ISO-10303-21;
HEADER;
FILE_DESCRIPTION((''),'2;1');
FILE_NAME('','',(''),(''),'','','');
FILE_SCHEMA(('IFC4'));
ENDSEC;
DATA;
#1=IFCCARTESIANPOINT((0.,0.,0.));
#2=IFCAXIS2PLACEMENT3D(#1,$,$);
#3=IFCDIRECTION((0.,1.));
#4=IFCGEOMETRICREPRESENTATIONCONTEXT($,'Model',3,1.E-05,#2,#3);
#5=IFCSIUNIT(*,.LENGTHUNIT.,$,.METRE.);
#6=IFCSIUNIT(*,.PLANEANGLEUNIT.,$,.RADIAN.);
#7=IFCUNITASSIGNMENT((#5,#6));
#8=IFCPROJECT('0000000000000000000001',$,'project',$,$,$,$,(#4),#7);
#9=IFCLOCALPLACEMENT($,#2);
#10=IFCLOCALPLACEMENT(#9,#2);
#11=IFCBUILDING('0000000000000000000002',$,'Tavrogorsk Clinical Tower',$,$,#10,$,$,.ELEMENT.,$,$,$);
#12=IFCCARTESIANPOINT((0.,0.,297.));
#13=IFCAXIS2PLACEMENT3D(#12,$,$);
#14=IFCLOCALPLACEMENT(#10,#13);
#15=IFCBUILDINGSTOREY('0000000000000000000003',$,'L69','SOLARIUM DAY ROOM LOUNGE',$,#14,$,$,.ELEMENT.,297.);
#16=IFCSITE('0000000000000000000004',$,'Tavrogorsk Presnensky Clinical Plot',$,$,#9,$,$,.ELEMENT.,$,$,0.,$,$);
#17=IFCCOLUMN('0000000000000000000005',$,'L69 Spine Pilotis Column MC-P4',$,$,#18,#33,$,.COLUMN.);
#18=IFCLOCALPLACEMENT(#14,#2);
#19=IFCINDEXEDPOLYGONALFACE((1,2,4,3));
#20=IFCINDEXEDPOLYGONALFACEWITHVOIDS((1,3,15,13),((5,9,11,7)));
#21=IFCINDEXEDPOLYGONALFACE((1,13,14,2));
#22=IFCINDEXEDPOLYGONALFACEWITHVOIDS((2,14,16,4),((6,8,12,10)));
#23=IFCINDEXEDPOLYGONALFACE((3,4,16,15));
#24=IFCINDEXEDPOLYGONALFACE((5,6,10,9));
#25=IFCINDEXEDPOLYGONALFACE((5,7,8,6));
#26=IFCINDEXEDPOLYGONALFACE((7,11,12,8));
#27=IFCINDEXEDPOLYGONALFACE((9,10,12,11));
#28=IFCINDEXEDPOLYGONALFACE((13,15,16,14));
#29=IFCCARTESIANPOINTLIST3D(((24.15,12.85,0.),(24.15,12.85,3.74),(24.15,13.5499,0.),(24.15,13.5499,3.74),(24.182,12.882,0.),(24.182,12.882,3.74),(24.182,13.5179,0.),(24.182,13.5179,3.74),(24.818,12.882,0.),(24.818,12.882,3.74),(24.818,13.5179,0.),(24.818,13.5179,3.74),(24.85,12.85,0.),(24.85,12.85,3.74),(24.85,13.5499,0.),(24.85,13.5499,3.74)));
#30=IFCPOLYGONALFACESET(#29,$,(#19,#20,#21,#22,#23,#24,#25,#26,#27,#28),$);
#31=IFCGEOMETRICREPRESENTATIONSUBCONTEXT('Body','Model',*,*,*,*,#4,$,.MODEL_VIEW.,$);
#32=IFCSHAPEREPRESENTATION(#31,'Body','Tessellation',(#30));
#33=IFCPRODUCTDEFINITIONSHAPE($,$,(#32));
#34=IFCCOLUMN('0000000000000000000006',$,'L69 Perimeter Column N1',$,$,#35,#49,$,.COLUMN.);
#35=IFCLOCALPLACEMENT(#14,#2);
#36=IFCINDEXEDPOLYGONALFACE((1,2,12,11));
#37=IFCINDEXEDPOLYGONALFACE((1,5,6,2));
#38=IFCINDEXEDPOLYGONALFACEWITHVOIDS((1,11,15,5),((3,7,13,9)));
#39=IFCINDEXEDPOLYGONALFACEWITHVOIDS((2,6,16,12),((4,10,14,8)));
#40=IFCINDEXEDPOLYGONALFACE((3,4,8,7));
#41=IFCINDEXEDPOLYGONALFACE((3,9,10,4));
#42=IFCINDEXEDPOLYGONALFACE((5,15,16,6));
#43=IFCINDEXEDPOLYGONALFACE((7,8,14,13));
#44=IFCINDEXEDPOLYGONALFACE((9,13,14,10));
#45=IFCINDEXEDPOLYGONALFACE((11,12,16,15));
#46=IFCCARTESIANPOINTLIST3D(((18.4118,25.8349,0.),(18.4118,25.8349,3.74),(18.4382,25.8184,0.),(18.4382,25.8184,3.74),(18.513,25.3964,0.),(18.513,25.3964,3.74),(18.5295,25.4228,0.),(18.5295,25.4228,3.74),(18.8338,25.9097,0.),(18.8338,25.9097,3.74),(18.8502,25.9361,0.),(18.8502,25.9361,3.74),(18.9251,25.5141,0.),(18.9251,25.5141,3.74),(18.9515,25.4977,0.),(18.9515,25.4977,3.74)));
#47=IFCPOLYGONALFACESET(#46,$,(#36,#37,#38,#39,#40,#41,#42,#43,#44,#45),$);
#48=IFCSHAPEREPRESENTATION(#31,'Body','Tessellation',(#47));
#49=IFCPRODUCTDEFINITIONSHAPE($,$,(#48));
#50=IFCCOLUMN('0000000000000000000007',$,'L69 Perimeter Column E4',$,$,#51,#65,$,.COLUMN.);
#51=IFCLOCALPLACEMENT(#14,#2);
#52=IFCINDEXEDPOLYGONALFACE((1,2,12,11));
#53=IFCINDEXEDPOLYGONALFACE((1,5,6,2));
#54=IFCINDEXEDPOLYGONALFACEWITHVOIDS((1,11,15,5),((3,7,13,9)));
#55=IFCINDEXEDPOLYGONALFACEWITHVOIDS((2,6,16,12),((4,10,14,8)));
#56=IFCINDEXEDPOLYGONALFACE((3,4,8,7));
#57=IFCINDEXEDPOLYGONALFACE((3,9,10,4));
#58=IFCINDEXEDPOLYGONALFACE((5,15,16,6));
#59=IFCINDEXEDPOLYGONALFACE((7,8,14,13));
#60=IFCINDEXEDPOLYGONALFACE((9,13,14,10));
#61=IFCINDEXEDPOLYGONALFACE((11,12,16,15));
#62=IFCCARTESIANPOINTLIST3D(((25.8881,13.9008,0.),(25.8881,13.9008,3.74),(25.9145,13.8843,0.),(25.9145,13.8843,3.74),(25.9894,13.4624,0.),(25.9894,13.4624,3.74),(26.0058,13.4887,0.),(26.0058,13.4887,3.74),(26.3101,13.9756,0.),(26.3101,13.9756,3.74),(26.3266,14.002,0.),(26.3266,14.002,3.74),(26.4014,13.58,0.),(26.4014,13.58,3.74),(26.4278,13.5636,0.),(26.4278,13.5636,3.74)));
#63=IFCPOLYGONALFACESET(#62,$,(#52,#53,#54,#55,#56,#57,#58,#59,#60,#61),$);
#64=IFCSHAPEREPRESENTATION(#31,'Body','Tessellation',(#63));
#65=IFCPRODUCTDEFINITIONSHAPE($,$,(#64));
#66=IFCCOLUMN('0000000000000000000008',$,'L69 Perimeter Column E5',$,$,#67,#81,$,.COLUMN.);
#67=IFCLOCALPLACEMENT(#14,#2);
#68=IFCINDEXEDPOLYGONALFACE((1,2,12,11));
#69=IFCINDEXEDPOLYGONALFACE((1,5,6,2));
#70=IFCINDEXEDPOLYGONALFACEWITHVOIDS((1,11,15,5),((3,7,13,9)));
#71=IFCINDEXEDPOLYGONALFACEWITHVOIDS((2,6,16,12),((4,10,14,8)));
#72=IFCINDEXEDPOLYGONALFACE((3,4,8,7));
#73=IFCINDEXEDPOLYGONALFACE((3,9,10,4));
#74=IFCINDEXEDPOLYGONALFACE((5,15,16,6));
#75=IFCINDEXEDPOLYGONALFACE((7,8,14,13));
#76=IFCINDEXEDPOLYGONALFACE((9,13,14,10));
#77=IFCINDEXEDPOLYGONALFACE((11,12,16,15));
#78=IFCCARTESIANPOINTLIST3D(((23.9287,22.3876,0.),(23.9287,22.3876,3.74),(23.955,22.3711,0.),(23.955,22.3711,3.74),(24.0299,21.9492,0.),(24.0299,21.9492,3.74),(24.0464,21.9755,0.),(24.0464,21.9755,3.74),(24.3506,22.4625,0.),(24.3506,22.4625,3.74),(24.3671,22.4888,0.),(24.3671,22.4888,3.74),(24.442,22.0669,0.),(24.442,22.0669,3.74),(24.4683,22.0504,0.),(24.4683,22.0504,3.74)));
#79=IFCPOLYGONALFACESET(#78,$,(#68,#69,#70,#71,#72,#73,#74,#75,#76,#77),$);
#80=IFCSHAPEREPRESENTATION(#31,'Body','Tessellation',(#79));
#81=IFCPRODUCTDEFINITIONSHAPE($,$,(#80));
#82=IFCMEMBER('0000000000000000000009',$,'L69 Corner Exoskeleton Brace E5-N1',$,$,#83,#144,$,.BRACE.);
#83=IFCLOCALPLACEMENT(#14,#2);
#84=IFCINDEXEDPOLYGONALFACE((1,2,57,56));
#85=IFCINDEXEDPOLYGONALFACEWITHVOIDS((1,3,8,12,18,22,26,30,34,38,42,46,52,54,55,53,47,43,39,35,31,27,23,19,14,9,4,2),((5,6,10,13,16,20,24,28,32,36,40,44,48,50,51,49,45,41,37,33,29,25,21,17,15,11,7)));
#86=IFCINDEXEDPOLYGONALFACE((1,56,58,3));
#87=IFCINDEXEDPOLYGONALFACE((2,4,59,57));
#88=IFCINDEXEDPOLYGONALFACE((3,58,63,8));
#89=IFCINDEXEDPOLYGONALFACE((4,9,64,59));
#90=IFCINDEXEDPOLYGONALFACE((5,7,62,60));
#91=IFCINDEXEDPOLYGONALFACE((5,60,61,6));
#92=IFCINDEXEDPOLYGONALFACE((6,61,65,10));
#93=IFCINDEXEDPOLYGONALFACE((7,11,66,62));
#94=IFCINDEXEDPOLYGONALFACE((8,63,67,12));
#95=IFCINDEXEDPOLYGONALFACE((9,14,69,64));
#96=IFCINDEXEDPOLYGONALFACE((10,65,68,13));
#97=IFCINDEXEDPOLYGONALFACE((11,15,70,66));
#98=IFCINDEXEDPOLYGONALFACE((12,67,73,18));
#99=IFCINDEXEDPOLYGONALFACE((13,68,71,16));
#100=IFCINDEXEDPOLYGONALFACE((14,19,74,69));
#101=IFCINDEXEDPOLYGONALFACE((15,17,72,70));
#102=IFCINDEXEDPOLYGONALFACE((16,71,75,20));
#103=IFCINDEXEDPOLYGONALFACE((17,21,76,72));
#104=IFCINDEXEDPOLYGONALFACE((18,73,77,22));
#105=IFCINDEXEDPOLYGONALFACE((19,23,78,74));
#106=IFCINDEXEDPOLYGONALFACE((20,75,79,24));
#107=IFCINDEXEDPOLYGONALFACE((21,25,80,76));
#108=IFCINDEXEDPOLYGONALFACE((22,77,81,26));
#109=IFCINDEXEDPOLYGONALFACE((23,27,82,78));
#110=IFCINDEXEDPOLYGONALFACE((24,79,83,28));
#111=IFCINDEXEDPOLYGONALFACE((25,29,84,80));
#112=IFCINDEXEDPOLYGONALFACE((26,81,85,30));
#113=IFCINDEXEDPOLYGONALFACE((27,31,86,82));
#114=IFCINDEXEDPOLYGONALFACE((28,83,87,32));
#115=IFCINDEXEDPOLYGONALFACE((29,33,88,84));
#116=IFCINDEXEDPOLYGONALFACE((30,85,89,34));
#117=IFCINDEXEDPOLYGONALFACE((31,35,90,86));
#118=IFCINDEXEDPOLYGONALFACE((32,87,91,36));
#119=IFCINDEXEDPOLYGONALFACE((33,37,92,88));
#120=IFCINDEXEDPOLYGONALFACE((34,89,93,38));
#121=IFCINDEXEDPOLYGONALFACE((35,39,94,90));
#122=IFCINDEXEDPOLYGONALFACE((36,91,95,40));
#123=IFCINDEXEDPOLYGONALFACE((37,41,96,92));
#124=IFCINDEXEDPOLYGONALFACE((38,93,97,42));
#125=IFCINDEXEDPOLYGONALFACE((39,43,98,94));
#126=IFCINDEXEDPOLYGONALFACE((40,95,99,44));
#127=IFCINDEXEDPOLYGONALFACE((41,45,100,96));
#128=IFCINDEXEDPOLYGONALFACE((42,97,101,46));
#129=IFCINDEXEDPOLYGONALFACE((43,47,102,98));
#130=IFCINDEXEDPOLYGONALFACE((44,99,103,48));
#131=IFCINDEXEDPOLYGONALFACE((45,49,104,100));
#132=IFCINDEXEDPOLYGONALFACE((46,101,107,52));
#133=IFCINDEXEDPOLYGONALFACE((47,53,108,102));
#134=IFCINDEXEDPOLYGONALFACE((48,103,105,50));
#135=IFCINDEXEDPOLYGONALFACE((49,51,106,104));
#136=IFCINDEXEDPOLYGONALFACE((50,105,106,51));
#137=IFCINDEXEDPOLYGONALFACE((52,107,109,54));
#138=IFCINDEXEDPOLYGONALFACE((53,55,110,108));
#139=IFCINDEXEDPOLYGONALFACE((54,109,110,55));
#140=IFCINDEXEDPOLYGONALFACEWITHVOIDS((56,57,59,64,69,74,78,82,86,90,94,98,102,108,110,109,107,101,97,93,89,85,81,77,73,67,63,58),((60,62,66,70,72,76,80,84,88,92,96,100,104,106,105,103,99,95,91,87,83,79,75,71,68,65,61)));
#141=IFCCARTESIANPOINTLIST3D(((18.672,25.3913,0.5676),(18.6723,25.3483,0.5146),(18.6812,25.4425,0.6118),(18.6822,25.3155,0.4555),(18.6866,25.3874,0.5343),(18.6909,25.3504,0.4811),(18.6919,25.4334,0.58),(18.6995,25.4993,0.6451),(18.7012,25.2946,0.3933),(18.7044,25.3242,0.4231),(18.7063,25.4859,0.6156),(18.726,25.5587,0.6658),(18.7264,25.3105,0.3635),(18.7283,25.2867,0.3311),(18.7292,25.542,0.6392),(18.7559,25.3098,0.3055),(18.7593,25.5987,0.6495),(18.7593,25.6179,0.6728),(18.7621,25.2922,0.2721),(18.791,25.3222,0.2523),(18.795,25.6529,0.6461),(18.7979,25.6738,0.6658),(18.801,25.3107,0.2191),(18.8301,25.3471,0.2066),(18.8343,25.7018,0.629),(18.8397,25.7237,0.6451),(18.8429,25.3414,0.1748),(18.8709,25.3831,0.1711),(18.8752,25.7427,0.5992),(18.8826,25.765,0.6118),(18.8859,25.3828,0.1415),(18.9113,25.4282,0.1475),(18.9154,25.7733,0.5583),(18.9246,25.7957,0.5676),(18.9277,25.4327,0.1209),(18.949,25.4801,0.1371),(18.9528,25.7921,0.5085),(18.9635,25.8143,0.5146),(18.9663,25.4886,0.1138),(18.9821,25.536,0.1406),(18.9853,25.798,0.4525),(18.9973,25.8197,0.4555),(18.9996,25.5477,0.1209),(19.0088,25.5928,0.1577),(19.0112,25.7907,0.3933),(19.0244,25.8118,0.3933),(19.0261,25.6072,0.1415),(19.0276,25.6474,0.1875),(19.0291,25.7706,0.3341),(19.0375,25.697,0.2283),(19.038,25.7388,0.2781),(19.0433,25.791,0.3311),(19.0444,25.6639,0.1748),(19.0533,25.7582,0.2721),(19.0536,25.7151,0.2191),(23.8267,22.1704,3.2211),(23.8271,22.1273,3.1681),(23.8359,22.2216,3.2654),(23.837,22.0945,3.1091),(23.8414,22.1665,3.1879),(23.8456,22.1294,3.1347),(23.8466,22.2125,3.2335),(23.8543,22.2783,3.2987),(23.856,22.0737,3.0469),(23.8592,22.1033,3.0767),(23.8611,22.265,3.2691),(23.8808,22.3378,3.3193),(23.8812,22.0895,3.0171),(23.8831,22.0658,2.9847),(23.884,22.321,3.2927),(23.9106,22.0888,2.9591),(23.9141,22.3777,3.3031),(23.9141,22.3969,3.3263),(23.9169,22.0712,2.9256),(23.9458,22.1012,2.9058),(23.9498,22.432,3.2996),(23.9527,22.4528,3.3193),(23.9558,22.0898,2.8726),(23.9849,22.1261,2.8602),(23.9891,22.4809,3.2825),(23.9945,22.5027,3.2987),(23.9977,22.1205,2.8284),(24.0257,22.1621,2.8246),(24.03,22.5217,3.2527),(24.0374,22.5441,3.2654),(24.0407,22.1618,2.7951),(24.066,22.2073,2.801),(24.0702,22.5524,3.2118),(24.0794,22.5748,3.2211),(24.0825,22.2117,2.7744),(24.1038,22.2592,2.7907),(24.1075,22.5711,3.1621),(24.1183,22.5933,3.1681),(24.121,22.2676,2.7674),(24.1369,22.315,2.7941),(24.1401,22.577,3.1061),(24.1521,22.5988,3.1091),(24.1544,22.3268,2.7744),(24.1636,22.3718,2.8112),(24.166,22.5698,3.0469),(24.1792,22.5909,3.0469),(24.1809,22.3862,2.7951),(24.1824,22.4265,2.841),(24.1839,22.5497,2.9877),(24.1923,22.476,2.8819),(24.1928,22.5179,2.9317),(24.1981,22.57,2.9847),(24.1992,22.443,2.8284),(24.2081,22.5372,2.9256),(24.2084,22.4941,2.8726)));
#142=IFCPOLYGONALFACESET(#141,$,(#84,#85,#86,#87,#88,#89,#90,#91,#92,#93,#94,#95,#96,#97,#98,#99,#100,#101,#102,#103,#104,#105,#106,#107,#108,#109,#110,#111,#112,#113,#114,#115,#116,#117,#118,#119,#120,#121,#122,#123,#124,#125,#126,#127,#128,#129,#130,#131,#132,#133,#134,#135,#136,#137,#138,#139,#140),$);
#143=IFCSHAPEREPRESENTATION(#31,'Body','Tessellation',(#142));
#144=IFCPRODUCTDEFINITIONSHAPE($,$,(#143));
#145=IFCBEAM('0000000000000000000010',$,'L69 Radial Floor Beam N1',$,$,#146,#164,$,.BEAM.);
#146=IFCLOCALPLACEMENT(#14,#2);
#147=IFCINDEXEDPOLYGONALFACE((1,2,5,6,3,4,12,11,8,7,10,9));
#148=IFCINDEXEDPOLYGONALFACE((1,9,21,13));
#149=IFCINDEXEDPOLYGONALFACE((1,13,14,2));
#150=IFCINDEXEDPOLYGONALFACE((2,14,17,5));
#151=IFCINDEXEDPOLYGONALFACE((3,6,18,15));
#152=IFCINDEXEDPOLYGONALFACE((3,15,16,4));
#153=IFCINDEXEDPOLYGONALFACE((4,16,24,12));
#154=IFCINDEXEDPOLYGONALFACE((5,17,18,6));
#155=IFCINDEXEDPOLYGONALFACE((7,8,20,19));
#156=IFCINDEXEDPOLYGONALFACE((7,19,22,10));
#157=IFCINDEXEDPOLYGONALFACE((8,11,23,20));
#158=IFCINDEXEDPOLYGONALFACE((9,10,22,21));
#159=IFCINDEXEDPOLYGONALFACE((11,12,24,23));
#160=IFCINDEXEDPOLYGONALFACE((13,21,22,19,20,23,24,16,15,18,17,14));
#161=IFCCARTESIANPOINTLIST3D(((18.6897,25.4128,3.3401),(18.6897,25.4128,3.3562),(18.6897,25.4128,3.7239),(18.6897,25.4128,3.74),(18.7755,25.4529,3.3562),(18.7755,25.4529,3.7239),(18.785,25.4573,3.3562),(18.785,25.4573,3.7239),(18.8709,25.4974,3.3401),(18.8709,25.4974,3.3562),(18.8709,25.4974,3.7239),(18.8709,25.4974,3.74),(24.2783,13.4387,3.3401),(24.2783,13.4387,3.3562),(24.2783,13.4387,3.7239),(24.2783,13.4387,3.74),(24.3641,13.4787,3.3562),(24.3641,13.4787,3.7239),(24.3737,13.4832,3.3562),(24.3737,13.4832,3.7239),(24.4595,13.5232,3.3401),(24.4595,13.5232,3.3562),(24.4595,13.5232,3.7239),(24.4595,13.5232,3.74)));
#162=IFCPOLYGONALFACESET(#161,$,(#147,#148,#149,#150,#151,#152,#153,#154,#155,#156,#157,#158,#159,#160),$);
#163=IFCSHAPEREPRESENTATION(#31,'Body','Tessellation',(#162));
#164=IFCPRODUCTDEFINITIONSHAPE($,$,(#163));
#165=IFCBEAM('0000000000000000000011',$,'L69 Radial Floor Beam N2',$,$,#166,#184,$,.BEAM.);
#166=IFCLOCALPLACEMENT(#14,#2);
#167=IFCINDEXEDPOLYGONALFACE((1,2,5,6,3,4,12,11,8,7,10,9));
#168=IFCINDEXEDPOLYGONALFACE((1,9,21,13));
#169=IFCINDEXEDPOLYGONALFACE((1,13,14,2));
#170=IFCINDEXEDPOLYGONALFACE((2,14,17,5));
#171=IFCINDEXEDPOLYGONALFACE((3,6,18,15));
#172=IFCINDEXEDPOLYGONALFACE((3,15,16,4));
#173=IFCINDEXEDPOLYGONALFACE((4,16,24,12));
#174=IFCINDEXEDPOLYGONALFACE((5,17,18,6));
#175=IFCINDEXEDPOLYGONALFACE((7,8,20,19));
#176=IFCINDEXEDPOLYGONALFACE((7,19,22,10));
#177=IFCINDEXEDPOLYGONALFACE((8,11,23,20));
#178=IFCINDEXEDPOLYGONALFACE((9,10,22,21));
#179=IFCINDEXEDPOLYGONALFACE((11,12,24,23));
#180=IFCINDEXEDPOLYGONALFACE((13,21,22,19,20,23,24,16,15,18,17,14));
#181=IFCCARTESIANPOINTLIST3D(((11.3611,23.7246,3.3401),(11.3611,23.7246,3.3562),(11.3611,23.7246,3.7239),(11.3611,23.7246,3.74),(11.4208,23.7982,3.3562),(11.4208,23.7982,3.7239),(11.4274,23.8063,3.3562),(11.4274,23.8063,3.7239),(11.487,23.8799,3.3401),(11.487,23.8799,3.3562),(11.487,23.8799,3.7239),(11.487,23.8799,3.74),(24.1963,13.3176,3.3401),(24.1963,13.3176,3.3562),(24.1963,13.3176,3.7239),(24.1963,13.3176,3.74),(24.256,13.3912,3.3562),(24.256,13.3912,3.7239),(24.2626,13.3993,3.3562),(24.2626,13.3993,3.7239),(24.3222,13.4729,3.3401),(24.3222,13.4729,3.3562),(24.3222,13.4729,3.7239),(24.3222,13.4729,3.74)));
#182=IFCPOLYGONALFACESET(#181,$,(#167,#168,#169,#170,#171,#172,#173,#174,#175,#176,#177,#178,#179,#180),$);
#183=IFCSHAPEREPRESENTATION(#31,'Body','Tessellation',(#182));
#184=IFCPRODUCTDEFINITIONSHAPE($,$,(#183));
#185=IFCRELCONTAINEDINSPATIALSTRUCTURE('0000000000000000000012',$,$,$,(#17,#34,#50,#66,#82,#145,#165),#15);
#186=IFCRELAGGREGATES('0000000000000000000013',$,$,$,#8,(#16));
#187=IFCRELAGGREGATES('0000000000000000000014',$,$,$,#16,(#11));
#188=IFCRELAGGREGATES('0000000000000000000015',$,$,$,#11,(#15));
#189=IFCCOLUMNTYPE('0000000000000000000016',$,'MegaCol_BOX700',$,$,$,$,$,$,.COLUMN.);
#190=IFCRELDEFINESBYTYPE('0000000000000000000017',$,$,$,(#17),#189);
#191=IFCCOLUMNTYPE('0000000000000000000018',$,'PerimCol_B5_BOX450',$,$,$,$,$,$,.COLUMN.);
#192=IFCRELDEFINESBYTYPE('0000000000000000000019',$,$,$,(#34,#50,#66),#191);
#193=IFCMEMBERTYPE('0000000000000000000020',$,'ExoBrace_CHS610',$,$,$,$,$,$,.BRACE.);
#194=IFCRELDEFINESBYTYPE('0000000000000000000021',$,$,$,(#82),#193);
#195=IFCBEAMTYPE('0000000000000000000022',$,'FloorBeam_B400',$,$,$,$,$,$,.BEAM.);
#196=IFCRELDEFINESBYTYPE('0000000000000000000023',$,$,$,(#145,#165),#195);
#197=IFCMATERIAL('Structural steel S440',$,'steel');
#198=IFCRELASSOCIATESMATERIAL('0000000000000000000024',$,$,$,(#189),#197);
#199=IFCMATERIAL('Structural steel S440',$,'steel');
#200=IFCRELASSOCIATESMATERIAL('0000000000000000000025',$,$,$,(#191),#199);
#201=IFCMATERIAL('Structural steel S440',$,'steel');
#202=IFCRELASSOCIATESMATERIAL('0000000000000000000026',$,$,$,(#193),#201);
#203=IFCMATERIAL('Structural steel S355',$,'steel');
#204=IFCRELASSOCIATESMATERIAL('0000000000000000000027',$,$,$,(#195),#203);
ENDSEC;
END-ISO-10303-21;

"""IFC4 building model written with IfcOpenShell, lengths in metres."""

from ifc_helpers import new_model, si_unit, direction, frame, origin, origin_2d, place, context, subcontext, project, spatial, hollow_rectangle, hollow_circle, i_section, extrude, material, material_profile, profile_set, type_object, element, save


model = new_model("IFC4")

# Units and contexts
model_context = context("Model", 3, precision=1e-05, world=origin(), true_north=direction((0.0, 1.0)))
body_context = subcontext(model_context, "Body", "Model", "MODEL_VIEW")
ifc_project = project(units=[si_unit("LENGTHUNIT", "METRE"), si_unit("PLANEANGLEUNIT", "RADIAN")], contexts=[model_context])

# Site, building, storey
site_placement = place(None, origin())
site = spatial("IfcSite", under=ifc_project, at=site_placement, Name="Tavrogorsk Presnensky Clinical Plot", CompositionType="ELEMENT", RefElevation=0.0)
building_placement = place(site_placement, origin())
building = spatial("IfcBuilding", under=site, at=building_placement, Name="Tavrogorsk Clinical Tower", CompositionType="ELEMENT")
storey_placement = place(building_placement, frame((0.0, 0.0, 297.0)))
storey = spatial("IfcBuildingStorey", under=building, at=storey_placement, Name="L69", Description="SOLARIUM DAY ROOM LOUNGE", CompositionType="ELEMENT", Elevation=297.0)

# Columns
ifc_material_1 = material(Name="Structural steel S440", Category="steel")
ifc_material_profile_1 = material_profile(ifc_material_1, hollow_rectangle(XDim=0.7, YDim=0.7, WallThickness=0.032, at=origin_2d()), Name="BOX-700x700x32")
ifc_profile_set_1 = profile_set([ifc_material_profile_1], Name="Structural steel S440")
column_type_1 = type_object("IfcColumnType", Name="MegaCol_BOX700", PredefinedType="COLUMN", material=ifc_profile_set_1)
column_placement = place(storey_placement, frame((24.5, 13.2, 0.0), z_axis=(0.0, 0.0, 1.0), x_axis=(1.0, 0.0, 0.0)))
element("IfcColumn", 1, at=column_placement, inside=storey, type_object=column_type_1, Name="L69 Spine Pilotis Column MC-P4", PredefinedType="COLUMN", context=body_context, shape_type="SweptSolid", body=[
    extrude(hollow_rectangle(XDim=0.7, YDim=0.7, WallThickness=0.032, at=origin_2d()), origin(), (0.0, 0.0, 1.0), 3.74),
])
ifc_material_2 = material(Name="Structural steel S440", Category="steel")
ifc_material_profile_2 = material_profile(ifc_material_2, hollow_rectangle(XDim=0.45, YDim=0.45, WallThickness=0.022, at=origin_2d()), Name="BOX-450x450x22")
ifc_profile_set_2 = profile_set([ifc_material_profile_2], Name="Structural steel S440")
column_type_2 = type_object("IfcColumnType", Name="PerimCol_B5_BOX450", PredefinedType="COLUMN", material=ifc_profile_set_2)
for number, where, z_axis, x_axis, name in (
    (2, (18.6816, 25.6663, 0.0), (0.0, 0.0, 1.0), (0.97437, 0.224951, 0.0), "L69 Perimeter Column N1"),
    (3, (26.158, 13.7322, 0.0), (0.0, 0.0, 1.0), (0.97437, 0.224951, 0.0), "L69 Perimeter Column E4"),
    (4, (24.1985, 22.219, 0.0), (0.0, 0.0, 1.0), (0.97437, 0.224951, 0.0), "L69 Perimeter Column E5"),
):
    element("IfcColumn", number, at=place(storey_placement, frame(where, z_axis=z_axis, x_axis=x_axis)), inside=storey, type_object=column_type_2, Name=name, PredefinedType="COLUMN", context=body_context, shape_type="SweptSolid", body=[
        extrude(hollow_rectangle(XDim=0.45, YDim=0.45, WallThickness=0.022, at=origin_2d()), origin(), (0.0, 0.0, 1.0), 3.74),
    ])

# Member
ifc_material_3 = material(Name="Structural steel S440", Category="steel")
ifc_material_profile_3 = material_profile(ifc_material_3, hollow_circle(Radius=0.3049, WallThickness=0.0249, at=origin_2d()), Name="CHS-610x25")
ifc_profile_set_3 = profile_set([ifc_material_profile_3], Name="Structural steel S440")
member_type_1 = type_object("IfcMemberType", Name="ExoBrace_CHS610", PredefinedType="BRACE", material=ifc_profile_set_3)
member_placement = place(storey_placement, frame((18.8628, 25.5532, 0.3933), z_axis=(0.777222, -0.485644, 0.400096), x_axis=(0.529905, 0.848057, 0.0)))
element("IfcMember", 5, at=member_placement, inside=storey, type_object=member_type_1, Name="L69 Corner Exoskeleton Brace E5-N1", PredefinedType="BRACE", context=body_context, shape_type="SweptSolid", body=[
    extrude(hollow_circle(Radius=0.3049, WallThickness=0.0249, at=origin_2d()), origin(), (0.0, 0.0, 1.0), 6.6323),
])

# Beams
ifc_material_4 = material(Name="Structural steel S355", Category="steel")
ifc_material_profile_4 = material_profile(ifc_material_4, i_section(OverallWidth=0.2, OverallDepth=0.3999, WebThickness=0.0105, FlangeThickness=0.0161, at=origin_2d()), Name="B-400x200x10.5x16")
ifc_profile_set_4 = profile_set([ifc_material_profile_4], Name="Structural steel S355")
beam_type_1 = type_object("IfcBeamType", Name="FloorBeam_B400", PredefinedType="BEAM", material=ifc_profile_set_4)
beam_1_placement = place(storey_placement, frame((24.3689, 13.481, 3.54), z_axis=(-0.422929, 0.906163, 0.0), x_axis=(-0.906163, -0.422929, 0.0)))
element("IfcBeam", 6, at=beam_1_placement, inside=storey, type_object=beam_type_1, Name="L69 Radial Floor Beam N1", PredefinedType="BEAM", context=body_context, shape_type="SweptSolid", body=[
    extrude(i_section(OverallWidth=0.2, OverallDepth=0.3999, WebThickness=0.0105, FlangeThickness=0.0161, at=origin_2d()), origin(), (0.0, 0.0, 1.0), 13.2141),
])
beam_2_placement = place(storey_placement, frame((24.2593, 13.3953, 3.54), z_axis=(-0.776754, 0.629804, 0.0), x_axis=(-0.629804, -0.776754, 0.0)))
element("IfcBeam", 7, at=beam_2_placement, inside=storey, type_object=beam_type_1, Name="L69 Radial Floor Beam N2", PredefinedType="BEAM", context=body_context, shape_type="SweptSolid", body=[
    extrude(i_section(OverallWidth=0.2, OverallDepth=0.3999, WebThickness=0.0105, FlangeThickness=0.0161, at=origin_2d()), origin(), (0.0, 0.0, 1.0), 16.5242),
])

save(model, "model.ifc")
